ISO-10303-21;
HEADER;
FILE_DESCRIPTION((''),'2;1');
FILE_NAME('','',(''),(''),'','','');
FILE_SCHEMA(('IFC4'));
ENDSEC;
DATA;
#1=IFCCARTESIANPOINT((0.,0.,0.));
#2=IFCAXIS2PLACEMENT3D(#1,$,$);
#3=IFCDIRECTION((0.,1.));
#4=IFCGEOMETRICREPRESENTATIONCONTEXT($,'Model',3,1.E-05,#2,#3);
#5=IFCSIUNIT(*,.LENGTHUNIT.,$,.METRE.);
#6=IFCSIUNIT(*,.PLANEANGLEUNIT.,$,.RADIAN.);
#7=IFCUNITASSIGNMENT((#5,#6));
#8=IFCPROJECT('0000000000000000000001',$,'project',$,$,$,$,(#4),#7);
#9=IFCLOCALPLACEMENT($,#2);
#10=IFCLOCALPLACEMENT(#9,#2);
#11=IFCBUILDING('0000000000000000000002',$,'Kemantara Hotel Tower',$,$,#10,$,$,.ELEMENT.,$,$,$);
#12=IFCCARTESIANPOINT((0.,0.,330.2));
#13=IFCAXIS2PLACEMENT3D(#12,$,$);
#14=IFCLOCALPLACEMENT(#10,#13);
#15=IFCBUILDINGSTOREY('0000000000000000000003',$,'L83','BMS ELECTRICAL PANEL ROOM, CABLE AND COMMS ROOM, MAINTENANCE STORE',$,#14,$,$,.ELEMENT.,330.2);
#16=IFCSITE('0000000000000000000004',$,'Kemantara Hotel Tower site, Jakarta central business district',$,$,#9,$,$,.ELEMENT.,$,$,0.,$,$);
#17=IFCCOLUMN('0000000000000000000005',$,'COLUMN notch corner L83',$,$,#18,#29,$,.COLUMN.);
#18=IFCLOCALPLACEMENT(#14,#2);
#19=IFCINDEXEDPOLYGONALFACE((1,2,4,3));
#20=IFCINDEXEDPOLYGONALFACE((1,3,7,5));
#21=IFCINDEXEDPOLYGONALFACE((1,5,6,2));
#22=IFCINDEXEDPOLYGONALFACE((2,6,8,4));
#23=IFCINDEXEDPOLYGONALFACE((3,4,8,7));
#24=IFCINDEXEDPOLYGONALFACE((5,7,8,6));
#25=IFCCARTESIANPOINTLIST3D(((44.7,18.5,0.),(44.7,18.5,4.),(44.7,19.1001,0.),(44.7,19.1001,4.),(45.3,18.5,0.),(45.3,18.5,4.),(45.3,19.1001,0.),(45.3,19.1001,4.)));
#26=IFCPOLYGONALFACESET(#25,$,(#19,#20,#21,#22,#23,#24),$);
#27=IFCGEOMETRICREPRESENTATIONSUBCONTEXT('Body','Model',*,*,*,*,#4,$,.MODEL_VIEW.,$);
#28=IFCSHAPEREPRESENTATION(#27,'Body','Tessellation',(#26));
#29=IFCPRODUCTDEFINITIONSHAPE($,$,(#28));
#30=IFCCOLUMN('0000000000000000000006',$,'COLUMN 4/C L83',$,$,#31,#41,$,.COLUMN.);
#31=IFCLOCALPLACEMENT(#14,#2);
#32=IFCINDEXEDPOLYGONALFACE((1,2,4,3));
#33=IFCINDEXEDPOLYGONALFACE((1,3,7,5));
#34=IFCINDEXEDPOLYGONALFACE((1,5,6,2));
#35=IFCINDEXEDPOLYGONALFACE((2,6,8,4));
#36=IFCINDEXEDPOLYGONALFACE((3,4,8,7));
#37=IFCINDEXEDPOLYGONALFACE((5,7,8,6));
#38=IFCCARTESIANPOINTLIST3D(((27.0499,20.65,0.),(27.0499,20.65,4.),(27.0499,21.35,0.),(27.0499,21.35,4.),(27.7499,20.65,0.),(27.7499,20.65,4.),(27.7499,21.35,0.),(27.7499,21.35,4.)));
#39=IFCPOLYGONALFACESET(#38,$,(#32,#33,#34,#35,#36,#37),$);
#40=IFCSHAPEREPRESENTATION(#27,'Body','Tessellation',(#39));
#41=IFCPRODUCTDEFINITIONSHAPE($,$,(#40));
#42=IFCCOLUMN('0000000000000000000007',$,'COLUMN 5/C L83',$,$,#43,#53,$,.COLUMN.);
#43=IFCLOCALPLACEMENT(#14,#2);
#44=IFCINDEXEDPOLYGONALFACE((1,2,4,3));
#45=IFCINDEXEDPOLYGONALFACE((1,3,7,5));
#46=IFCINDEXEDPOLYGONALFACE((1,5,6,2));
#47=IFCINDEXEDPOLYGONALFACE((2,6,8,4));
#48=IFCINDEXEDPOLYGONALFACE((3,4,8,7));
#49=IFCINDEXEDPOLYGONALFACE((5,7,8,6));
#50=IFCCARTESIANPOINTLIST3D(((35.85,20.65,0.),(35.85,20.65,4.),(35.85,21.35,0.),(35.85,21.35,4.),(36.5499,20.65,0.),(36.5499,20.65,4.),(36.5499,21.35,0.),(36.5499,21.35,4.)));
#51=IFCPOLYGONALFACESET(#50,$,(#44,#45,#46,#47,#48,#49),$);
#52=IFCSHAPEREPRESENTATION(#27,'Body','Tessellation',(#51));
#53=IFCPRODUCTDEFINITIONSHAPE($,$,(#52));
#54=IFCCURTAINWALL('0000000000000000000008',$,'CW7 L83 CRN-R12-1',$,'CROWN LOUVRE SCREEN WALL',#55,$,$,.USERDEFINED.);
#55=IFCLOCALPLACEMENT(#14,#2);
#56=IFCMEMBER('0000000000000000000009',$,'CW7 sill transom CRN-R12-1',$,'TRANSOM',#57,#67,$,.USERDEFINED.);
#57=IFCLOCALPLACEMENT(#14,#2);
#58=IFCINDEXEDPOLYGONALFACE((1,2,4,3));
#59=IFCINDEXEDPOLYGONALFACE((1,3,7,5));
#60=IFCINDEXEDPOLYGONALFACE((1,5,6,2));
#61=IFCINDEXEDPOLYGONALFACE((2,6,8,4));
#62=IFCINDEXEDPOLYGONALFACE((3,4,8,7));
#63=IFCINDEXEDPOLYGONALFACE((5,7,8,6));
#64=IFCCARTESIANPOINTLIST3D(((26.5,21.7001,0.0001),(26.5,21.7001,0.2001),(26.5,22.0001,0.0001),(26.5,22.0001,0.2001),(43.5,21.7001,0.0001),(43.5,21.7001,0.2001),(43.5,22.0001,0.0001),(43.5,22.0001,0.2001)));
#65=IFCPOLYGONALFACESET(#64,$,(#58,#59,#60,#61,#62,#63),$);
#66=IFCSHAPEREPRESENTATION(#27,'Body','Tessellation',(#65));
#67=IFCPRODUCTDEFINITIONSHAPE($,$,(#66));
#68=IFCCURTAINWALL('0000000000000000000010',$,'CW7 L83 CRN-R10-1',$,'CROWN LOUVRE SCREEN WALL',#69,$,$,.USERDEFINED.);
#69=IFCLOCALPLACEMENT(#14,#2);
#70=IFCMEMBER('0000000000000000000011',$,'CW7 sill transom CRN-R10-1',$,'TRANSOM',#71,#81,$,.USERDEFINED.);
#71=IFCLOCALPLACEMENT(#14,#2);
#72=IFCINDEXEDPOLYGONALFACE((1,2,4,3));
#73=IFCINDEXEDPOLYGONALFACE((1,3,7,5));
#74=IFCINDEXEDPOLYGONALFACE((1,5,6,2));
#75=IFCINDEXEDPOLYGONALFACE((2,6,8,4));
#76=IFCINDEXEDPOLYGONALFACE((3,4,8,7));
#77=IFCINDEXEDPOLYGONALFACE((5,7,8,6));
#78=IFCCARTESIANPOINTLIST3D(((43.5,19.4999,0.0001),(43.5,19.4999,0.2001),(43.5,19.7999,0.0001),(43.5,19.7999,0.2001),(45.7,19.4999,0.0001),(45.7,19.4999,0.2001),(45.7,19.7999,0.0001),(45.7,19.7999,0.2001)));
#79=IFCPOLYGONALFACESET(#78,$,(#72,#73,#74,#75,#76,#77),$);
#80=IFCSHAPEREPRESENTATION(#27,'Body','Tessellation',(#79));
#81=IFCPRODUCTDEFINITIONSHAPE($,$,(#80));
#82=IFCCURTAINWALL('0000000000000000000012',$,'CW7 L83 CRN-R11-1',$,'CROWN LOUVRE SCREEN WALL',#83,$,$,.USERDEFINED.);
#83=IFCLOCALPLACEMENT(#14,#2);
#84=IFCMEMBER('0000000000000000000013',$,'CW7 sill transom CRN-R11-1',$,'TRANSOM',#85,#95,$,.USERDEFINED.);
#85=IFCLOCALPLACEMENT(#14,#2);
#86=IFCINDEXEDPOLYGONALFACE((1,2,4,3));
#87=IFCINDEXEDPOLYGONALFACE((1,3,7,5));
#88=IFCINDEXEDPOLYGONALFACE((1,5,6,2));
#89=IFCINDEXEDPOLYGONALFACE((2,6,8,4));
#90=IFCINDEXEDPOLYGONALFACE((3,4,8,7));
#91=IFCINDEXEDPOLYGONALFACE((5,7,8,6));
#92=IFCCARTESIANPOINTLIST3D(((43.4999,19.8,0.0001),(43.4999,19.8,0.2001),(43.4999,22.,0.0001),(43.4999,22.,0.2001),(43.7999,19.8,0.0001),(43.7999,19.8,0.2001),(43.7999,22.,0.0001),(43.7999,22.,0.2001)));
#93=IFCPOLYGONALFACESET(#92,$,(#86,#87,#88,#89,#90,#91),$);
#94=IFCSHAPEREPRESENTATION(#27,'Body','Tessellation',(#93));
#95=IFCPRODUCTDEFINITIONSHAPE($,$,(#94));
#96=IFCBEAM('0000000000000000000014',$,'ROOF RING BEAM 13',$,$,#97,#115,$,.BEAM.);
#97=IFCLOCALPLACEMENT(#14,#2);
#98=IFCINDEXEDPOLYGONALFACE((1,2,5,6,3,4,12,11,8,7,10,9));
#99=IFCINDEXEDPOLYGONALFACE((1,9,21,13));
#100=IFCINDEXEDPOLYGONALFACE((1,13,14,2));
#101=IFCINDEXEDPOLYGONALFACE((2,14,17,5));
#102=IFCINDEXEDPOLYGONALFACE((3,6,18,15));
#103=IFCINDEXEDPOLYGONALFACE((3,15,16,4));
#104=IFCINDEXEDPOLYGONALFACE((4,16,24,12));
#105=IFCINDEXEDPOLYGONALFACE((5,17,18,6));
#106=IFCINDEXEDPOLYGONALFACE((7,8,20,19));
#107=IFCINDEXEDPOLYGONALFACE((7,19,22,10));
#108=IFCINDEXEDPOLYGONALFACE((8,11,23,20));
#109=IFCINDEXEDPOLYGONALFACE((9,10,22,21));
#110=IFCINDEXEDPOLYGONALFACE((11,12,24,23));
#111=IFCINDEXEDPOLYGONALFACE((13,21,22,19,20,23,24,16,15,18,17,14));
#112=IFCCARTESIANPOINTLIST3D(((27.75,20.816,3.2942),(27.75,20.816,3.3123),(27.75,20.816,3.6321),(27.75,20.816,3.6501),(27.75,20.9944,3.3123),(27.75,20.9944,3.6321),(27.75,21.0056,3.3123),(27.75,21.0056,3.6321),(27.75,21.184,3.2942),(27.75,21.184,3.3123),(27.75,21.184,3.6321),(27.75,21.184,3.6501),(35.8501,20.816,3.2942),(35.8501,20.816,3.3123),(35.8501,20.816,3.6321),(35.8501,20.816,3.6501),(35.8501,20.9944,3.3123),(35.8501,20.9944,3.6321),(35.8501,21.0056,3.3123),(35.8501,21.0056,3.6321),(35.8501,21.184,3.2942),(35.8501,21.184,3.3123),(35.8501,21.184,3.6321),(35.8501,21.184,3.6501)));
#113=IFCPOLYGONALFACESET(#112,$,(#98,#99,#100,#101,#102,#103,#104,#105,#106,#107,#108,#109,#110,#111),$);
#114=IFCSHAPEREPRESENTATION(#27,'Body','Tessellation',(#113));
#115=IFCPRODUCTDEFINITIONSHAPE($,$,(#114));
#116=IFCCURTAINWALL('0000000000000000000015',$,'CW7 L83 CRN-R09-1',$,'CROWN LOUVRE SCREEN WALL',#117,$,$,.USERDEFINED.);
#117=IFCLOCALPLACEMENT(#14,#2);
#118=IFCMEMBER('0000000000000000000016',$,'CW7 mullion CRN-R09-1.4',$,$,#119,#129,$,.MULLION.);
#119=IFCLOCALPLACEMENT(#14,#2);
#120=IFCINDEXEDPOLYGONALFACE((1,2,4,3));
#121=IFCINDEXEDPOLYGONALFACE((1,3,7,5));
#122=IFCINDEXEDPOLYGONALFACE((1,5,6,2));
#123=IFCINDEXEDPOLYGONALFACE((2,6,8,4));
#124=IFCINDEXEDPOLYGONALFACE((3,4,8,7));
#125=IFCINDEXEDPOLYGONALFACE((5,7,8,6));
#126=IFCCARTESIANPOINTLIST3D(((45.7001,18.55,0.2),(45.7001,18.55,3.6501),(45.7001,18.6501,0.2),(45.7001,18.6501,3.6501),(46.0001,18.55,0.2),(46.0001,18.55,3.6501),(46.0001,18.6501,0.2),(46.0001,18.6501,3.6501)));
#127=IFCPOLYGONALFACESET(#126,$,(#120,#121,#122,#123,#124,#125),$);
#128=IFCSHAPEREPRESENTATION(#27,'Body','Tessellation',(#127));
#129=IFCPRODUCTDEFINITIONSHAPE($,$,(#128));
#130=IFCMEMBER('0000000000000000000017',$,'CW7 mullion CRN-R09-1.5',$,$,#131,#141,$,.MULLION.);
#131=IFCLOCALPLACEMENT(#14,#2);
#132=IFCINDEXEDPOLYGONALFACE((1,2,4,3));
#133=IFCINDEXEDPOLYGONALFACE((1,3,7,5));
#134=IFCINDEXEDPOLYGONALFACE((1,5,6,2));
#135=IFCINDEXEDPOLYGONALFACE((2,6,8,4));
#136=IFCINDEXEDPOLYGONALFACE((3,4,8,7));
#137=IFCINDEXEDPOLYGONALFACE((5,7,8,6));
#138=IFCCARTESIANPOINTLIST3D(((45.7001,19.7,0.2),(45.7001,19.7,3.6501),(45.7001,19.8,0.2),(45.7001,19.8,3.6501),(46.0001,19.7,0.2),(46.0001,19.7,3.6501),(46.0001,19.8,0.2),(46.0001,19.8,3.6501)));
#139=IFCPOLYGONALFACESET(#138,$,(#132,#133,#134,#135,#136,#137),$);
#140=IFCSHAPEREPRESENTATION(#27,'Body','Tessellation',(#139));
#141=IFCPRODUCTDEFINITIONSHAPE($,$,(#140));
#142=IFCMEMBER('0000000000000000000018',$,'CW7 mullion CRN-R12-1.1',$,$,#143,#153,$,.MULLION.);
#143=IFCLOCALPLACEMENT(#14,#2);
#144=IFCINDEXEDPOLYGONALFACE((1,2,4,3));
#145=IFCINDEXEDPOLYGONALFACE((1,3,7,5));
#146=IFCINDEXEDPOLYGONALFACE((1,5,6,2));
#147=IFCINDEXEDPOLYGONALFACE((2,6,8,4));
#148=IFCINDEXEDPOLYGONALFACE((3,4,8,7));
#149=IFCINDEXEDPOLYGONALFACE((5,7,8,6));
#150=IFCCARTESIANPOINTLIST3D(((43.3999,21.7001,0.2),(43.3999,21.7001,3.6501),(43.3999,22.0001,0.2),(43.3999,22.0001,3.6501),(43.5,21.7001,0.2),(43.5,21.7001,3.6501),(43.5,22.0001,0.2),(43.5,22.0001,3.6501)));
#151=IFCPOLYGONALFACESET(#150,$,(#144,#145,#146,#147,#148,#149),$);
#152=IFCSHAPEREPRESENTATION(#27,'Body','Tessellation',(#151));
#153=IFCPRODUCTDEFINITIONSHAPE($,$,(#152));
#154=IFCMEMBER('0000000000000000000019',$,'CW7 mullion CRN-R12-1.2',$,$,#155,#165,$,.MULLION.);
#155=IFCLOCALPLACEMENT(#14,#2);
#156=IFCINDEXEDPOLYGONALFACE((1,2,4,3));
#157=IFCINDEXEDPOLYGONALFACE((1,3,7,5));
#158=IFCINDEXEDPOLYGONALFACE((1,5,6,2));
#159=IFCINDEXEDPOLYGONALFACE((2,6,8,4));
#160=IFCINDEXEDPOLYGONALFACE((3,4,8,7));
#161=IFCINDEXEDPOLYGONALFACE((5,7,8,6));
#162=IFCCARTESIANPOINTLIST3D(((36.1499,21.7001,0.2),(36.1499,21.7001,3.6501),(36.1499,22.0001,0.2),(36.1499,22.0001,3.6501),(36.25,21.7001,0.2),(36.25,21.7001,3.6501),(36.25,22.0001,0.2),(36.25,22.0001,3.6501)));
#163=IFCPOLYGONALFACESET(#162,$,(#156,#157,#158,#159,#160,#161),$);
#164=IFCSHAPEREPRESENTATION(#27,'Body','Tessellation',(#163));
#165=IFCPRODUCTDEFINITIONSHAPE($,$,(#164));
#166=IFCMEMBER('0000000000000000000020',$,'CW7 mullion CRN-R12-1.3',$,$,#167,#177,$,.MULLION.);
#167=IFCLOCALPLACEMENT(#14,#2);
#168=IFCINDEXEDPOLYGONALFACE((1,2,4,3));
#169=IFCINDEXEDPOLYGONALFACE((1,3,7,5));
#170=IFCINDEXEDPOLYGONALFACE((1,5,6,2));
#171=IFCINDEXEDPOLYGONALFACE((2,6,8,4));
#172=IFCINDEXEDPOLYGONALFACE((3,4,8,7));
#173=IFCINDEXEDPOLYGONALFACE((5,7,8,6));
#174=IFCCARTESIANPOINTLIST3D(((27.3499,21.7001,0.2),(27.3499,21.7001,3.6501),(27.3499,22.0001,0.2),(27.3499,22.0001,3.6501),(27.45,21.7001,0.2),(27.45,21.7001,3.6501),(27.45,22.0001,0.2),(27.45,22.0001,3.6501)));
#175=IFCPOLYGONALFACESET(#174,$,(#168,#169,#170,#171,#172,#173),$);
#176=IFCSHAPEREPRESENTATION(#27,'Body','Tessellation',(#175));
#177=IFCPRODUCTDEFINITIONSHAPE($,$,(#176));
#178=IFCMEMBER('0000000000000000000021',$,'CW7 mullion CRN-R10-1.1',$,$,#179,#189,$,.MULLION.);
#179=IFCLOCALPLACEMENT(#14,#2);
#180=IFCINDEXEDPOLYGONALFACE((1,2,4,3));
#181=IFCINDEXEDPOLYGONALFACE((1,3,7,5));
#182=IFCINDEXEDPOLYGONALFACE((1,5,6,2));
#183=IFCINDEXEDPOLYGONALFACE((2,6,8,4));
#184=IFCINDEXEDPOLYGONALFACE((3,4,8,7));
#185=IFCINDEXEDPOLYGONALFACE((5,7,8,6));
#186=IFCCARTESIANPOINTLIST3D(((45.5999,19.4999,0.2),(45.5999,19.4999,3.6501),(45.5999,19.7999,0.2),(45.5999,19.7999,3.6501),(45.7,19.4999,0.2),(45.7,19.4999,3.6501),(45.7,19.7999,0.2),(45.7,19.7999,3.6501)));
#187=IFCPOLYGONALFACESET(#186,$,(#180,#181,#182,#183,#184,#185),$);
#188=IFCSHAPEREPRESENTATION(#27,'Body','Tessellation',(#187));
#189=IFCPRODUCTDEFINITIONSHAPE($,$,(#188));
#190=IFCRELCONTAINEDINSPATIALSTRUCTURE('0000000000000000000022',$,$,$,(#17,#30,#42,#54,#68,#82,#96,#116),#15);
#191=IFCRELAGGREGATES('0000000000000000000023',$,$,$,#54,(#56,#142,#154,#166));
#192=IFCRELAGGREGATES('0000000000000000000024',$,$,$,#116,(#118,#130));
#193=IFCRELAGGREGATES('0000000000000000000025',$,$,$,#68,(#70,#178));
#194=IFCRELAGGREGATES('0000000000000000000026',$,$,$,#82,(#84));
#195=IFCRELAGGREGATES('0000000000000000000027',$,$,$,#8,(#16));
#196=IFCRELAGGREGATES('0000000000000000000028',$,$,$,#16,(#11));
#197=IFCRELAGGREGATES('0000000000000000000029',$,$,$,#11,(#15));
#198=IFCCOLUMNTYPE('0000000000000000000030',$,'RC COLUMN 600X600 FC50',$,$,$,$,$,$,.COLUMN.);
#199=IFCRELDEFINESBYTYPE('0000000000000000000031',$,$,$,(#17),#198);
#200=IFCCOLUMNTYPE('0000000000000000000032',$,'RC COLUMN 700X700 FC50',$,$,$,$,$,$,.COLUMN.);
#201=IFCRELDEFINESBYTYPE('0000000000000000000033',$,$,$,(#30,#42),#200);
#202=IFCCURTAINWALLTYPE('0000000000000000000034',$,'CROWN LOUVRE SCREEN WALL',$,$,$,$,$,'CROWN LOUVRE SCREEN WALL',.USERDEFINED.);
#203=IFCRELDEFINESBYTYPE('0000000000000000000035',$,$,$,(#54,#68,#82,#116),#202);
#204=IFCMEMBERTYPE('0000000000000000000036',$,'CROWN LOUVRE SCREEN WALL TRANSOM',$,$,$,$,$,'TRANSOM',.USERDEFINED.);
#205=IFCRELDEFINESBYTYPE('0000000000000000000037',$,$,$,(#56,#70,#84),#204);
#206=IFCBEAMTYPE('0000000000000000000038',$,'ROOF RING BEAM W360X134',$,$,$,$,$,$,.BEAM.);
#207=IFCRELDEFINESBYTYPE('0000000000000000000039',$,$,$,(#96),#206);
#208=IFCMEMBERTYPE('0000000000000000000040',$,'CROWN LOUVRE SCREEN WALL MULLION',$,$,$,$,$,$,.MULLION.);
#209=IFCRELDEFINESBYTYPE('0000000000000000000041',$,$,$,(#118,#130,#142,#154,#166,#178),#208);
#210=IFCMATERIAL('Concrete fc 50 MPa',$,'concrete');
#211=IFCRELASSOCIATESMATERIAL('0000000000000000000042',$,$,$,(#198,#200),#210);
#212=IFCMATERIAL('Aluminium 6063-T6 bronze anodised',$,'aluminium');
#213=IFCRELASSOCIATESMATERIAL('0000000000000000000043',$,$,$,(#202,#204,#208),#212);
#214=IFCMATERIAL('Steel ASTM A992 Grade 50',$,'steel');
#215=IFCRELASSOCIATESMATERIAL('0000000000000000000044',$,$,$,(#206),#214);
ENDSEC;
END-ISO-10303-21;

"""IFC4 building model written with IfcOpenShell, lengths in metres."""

from ifc_helpers import new_model, si_unit, direction, frame, origin, origin_2d, place, context, subcontext, project, spatial, rectangle, i_section, extrude, source, transform, mapped, material, material_profile, profile_set, type_object, element, aggregate, save


model = new_model("IFC4")

# Units and contexts
model_context = context("Model", 3, precision=1e-05, world=origin(), true_north=direction((0.0, 1.0)))
body_context = subcontext(model_context, "Body", "Model", "MODEL_VIEW")
ifc_project = project(units=[si_unit("LENGTHUNIT", "METRE"), si_unit("PLANEANGLEUNIT", "RADIAN")], contexts=[model_context])

# Site, building, storey
site_placement = place(None, origin())
site = spatial("IfcSite", under=ifc_project, at=site_placement, Name="Kemantara Hotel Tower site, Jakarta central business district", CompositionType="ELEMENT", RefElevation=0.0)
building_placement = place(site_placement, origin())
building = spatial("IfcBuilding", under=site, at=building_placement, Name="Kemantara Hotel Tower", CompositionType="ELEMENT")
storey_placement = place(building_placement, frame((0.0, 0.0, 330.2)))
storey = spatial("IfcBuildingStorey", under=building, at=storey_placement, Name="L83", Description="BMS ELECTRICAL PANEL ROOM, CABLE AND COMMS ROOM, MAINTENANCE STORE", CompositionType="ELEMENT", Elevation=330.2)

# Columns
ifc_material_1 = material(Name="Concrete fc 50 MPa", Category="concrete")
ifc_material_profile_1 = material_profile(ifc_material_1, rectangle(XDim=0.6001, YDim=0.6001, at=origin_2d()), Name="RC 600X600")
ifc_profile_set_1 = profile_set([ifc_material_profile_1], Name="Concrete fc 50 MPa")
column_type_1 = type_object("IfcColumnType", Name="RC COLUMN 600X600 FC50", PredefinedType="COLUMN", material=ifc_profile_set_1)
column_placement = place(storey_placement, frame((45.0, 18.8, 0.0), z_axis=(0.0, 0.0, 1.0), x_axis=(1.0, 0.0, 0.0)))
element("IfcColumn", 1, at=column_placement, inside=storey, type_object=column_type_1, Name="COLUMN notch corner L83", PredefinedType="COLUMN", context=body_context, shape_type="SweptSolid", body=[
    extrude(rectangle(XDim=0.6001, YDim=0.6001, at=origin_2d()), origin(), (0.0, 0.0, 1.0), 4.0),
])
ifc_material_profile_2 = material_profile(ifc_material_1, rectangle(XDim=0.7, YDim=0.7, at=origin_2d()), Name="RC 700X700")
ifc_profile_set_2 = profile_set([ifc_material_profile_2], Name="Concrete fc 50 MPa")
column_type_2 = type_object("IfcColumnType", Name="RC COLUMN 700X700 FC50", PredefinedType="COLUMN", material=ifc_profile_set_2)
for number, where, z_axis, x_axis, name in (
    (2, (27.3999, 21.0, 0.0), (0.0, 0.0, 1.0), (1.0, 0.0, 0.0), "COLUMN 4/C L83"),
    (3, (36.2, 21.0, 0.0), (0.0, 0.0, 1.0), (1.0, 0.0, 0.0), "COLUMN 5/C L83"),
):
    element("IfcColumn", number, at=place(storey_placement, frame(where, z_axis=z_axis, x_axis=x_axis)), inside=storey, type_object=column_type_2, Name=name, PredefinedType="COLUMN", context=body_context, shape_type="SweptSolid", body=[
        extrude(rectangle(XDim=0.7, YDim=0.7, at=origin_2d()), origin(), (0.0, 0.0, 1.0), 4.0),
    ])

# Curtain walls, members
ifc_material_2 = material(Name="Aluminium 6063-T6 bronze anodised", Category="aluminium")
curtain_wall_type = type_object("IfcCurtainWallType", Name="CROWN LOUVRE SCREEN WALL", ElementType="CROWN LOUVRE SCREEN WALL", PredefinedType="USERDEFINED", material=ifc_material_2)
curtain_wall_1_placement = place(storey_placement, origin())
curtain_wall_1 = element("IfcCurtainWall", 4, at=curtain_wall_1_placement, inside=storey, type_object=curtain_wall_type, Name="CW7 L83 CRN-R12-1", ObjectType="CROWN LOUVRE SCREEN WALL", PredefinedType="USERDEFINED")
ifc_material_profile_3 = material_profile(ifc_material_2, rectangle(XDim=0.3, YDim=0.2, at=origin_2d()), Name="CROWN LOUVRE SCREEN WALL TRANSOM")
ifc_profile_set_3 = profile_set([ifc_material_profile_3], Name="Aluminium 6063-T6 bronze anodised")
member_type_1 = type_object("IfcMemberType", Name="CROWN LOUVRE SCREEN WALL TRANSOM", ElementType="TRANSOM", PredefinedType="USERDEFINED", material=ifc_profile_set_3)
member_1_placement = place(storey_placement, frame((43.5, 21.8501, 0.1001), z_axis=(-1.0, 0.0, 0.0), x_axis=(0.0, -1.0, 0.0)))
member_1 = element("IfcMember", 5, at=member_1_placement, type_object=member_type_1, Name="CW7 sill transom CRN-R12-1", ObjectType="TRANSOM", PredefinedType="USERDEFINED", context=body_context, shape_type="SweptSolid", body=[
    extrude(rectangle(XDim=0.3, YDim=0.2, at=origin_2d()), origin(), (0.0, 0.0, 1.0), 17.0),
])
curtain_wall_2_placement = place(storey_placement, origin())
curtain_wall_2 = element("IfcCurtainWall", 6, at=curtain_wall_2_placement, inside=storey, type_object=curtain_wall_type, Name="CW7 L83 CRN-R10-1", ObjectType="CROWN LOUVRE SCREEN WALL", PredefinedType="USERDEFINED")
member_2_placement = place(storey_placement, frame((45.7, 19.6499, 0.1001), z_axis=(-1.0, 0.0, 0.0), x_axis=(0.0, -1.0, 0.0)))
member_2 = element("IfcMember", 7, at=member_2_placement, type_object=member_type_1, Name="CW7 sill transom CRN-R10-1", ObjectType="TRANSOM", PredefinedType="USERDEFINED", context=body_context, shape_type="SweptSolid", body=[
    extrude(rectangle(XDim=0.3, YDim=0.2, at=origin_2d()), origin(), (0.0, 0.0, 1.0), 2.2),
])
curtain_wall_3_placement = place(storey_placement, origin())
curtain_wall_3 = element("IfcCurtainWall", 8, at=curtain_wall_3_placement, inside=storey, type_object=curtain_wall_type, Name="CW7 L83 CRN-R11-1", ObjectType="CROWN LOUVRE SCREEN WALL", PredefinedType="USERDEFINED")
member_3_placement = place(storey_placement, frame((43.6499, 19.8, 0.1001), z_axis=(0.0, 1.0, 0.0), x_axis=(-1.0, 0.0, 0.0)))
member_3 = element("IfcMember", 9, at=member_3_placement, type_object=member_type_1, Name="CW7 sill transom CRN-R11-1", ObjectType="TRANSOM", PredefinedType="USERDEFINED", context=body_context, shape_type="SweptSolid", body=[
    extrude(rectangle(XDim=0.3, YDim=0.2, at=origin_2d()), origin(), (0.0, 0.0, 1.0), 2.2),
])

# Beam
ifc_material_3 = material(Name="Steel ASTM A992 Grade 50", Category="steel")
ifc_material_profile_4 = material_profile(ifc_material_3, i_section(OverallWidth=0.3679, OverallDepth=0.356, WebThickness=0.0112, FlangeThickness=0.0181, at=origin_2d()), Name="W360X134")
ifc_profile_set_4 = profile_set([ifc_material_profile_4], Name="Steel ASTM A992 Grade 50")
beam_type = type_object("IfcBeamType", Name="ROOF RING BEAM W360X134", PredefinedType="BEAM", material=ifc_profile_set_4)
beam_placement = place(storey_placement, frame((27.75, 21.0, 3.4722), z_axis=(1.0, 0.0, 0.0), x_axis=(0.0, 1.0, 0.0)))
element("IfcBeam", 10, at=beam_placement, inside=storey, type_object=beam_type, Name="ROOF RING BEAM 13", PredefinedType="BEAM", context=body_context, shape_type="SweptSolid", body=[
    extrude(i_section(OverallWidth=0.3679, OverallDepth=0.356, WebThickness=0.0112, FlangeThickness=0.0181, at=origin_2d()), origin(), (0.0, 0.0, 1.0), 8.1001),
])

# Curtain wall, members
curtain_wall_4_placement = place(storey_placement, origin())
curtain_wall_4 = element("IfcCurtainWall", 11, at=curtain_wall_4_placement, inside=storey, type_object=curtain_wall_type, Name="CW7 L83 CRN-R09-1", ObjectType="CROWN LOUVRE SCREEN WALL", PredefinedType="USERDEFINED")
ifc_material_profile_5 = material_profile(ifc_material_2, rectangle(XDim=0.3, YDim=0.1001, at=origin_2d()), Name="CROWN LOUVRE SCREEN WALL MULLION")
ifc_profile_set_5 = profile_set([ifc_material_profile_5], Name="Aluminium 6063-T6 bronze anodised")
member_type_2 = type_object("IfcMemberType", Name="CROWN LOUVRE SCREEN WALL MULLION", PredefinedType="MULLION", material=ifc_profile_set_5)
shared_shape_1 = source(origin(), body_context, "Body", "SweptSolid", [
    extrude(rectangle(XDim=0.3, YDim=0.1001, at=origin_2d()), origin(), (0.0, 0.0, 1.0), 3.4502),
])
member_4_placement = place(storey_placement, frame((45.8501, 18.6001, 0.2), z_axis=(0.0, 0.0, 1.0), x_axis=(-1.0, 0.0, 0.0)))
member_4 = element("IfcMember", 12, at=member_4_placement, type_object=member_type_2, Name="CW7 mullion CRN-R09-1.4", PredefinedType="MULLION", context=body_context, shape_type="MappedRepresentation", body=[
    mapped(shared_shape_1, transform((0.0, 0.0, 0.0))),
])
member_5_placement = place(storey_placement, frame((45.8501, 19.75, 0.2), z_axis=(0.0, 0.0, 1.0), x_axis=(-1.0, 0.0, 0.0)))
member_5 = element("IfcMember", 13, at=member_5_placement, type_object=member_type_2, Name="CW7 mullion CRN-R09-1.5", PredefinedType="MULLION", context=body_context, shape_type="MappedRepresentation", body=[
    mapped(shared_shape_1, transform((0.0, 0.0, 0.0))),
])

# Members
member_6_placement = place(storey_placement, frame((43.45, 21.8501, 0.2), z_axis=(0.0, 0.0, 1.0), x_axis=(0.0, -1.0, 0.0)))
member_6 = element("IfcMember", 14, at=member_6_placement, type_object=member_type_2, Name="CW7 mullion CRN-R12-1.1", PredefinedType="MULLION", context=body_context, shape_type="MappedRepresentation", body=[
    mapped(shared_shape_1, transform((0.0, 0.0, 0.0))),
])
member_7_placement = place(storey_placement, frame((36.2, 21.8501, 0.2), z_axis=(0.0, 0.0, 1.0), x_axis=(0.0, -1.0, 0.0)))
member_7 = element("IfcMember", 15, at=member_7_placement, type_object=member_type_2, Name="CW7 mullion CRN-R12-1.2", PredefinedType="MULLION", context=body_context, shape_type="MappedRepresentation", body=[
    mapped(shared_shape_1, transform((0.0, 0.0, 0.0))),
])
member_8_placement = place(storey_placement, frame((27.3999, 21.8501, 0.2), z_axis=(0.0, 0.0, 1.0), x_axis=(0.0, -1.0, 0.0)))
member_8 = element("IfcMember", 16, at=member_8_placement, type_object=member_type_2, Name="CW7 mullion CRN-R12-1.3", PredefinedType="MULLION", context=body_context, shape_type="MappedRepresentation", body=[
    mapped(shared_shape_1, transform((0.0, 0.0, 0.0))),
])
member_9_placement = place(storey_placement, frame((45.6499, 19.6499, 0.2), z_axis=(0.0, 0.0, 1.0), x_axis=(0.0, -1.0, 0.0)))
member_9 = element("IfcMember", 17, at=member_9_placement, type_object=member_type_2, Name="CW7 mullion CRN-R10-1.1", PredefinedType="MULLION", context=body_context, shape_type="MappedRepresentation", body=[
    mapped(shared_shape_1, transform((0.0, 0.0, 0.0))),
])

aggregate(curtain_wall_1, [member_1, member_6, member_7, member_8])
aggregate(curtain_wall_4, [member_4, member_5])
aggregate(curtain_wall_2, [member_2, member_9])
aggregate(curtain_wall_3, [member_3])

save(model, "model.ifc")
